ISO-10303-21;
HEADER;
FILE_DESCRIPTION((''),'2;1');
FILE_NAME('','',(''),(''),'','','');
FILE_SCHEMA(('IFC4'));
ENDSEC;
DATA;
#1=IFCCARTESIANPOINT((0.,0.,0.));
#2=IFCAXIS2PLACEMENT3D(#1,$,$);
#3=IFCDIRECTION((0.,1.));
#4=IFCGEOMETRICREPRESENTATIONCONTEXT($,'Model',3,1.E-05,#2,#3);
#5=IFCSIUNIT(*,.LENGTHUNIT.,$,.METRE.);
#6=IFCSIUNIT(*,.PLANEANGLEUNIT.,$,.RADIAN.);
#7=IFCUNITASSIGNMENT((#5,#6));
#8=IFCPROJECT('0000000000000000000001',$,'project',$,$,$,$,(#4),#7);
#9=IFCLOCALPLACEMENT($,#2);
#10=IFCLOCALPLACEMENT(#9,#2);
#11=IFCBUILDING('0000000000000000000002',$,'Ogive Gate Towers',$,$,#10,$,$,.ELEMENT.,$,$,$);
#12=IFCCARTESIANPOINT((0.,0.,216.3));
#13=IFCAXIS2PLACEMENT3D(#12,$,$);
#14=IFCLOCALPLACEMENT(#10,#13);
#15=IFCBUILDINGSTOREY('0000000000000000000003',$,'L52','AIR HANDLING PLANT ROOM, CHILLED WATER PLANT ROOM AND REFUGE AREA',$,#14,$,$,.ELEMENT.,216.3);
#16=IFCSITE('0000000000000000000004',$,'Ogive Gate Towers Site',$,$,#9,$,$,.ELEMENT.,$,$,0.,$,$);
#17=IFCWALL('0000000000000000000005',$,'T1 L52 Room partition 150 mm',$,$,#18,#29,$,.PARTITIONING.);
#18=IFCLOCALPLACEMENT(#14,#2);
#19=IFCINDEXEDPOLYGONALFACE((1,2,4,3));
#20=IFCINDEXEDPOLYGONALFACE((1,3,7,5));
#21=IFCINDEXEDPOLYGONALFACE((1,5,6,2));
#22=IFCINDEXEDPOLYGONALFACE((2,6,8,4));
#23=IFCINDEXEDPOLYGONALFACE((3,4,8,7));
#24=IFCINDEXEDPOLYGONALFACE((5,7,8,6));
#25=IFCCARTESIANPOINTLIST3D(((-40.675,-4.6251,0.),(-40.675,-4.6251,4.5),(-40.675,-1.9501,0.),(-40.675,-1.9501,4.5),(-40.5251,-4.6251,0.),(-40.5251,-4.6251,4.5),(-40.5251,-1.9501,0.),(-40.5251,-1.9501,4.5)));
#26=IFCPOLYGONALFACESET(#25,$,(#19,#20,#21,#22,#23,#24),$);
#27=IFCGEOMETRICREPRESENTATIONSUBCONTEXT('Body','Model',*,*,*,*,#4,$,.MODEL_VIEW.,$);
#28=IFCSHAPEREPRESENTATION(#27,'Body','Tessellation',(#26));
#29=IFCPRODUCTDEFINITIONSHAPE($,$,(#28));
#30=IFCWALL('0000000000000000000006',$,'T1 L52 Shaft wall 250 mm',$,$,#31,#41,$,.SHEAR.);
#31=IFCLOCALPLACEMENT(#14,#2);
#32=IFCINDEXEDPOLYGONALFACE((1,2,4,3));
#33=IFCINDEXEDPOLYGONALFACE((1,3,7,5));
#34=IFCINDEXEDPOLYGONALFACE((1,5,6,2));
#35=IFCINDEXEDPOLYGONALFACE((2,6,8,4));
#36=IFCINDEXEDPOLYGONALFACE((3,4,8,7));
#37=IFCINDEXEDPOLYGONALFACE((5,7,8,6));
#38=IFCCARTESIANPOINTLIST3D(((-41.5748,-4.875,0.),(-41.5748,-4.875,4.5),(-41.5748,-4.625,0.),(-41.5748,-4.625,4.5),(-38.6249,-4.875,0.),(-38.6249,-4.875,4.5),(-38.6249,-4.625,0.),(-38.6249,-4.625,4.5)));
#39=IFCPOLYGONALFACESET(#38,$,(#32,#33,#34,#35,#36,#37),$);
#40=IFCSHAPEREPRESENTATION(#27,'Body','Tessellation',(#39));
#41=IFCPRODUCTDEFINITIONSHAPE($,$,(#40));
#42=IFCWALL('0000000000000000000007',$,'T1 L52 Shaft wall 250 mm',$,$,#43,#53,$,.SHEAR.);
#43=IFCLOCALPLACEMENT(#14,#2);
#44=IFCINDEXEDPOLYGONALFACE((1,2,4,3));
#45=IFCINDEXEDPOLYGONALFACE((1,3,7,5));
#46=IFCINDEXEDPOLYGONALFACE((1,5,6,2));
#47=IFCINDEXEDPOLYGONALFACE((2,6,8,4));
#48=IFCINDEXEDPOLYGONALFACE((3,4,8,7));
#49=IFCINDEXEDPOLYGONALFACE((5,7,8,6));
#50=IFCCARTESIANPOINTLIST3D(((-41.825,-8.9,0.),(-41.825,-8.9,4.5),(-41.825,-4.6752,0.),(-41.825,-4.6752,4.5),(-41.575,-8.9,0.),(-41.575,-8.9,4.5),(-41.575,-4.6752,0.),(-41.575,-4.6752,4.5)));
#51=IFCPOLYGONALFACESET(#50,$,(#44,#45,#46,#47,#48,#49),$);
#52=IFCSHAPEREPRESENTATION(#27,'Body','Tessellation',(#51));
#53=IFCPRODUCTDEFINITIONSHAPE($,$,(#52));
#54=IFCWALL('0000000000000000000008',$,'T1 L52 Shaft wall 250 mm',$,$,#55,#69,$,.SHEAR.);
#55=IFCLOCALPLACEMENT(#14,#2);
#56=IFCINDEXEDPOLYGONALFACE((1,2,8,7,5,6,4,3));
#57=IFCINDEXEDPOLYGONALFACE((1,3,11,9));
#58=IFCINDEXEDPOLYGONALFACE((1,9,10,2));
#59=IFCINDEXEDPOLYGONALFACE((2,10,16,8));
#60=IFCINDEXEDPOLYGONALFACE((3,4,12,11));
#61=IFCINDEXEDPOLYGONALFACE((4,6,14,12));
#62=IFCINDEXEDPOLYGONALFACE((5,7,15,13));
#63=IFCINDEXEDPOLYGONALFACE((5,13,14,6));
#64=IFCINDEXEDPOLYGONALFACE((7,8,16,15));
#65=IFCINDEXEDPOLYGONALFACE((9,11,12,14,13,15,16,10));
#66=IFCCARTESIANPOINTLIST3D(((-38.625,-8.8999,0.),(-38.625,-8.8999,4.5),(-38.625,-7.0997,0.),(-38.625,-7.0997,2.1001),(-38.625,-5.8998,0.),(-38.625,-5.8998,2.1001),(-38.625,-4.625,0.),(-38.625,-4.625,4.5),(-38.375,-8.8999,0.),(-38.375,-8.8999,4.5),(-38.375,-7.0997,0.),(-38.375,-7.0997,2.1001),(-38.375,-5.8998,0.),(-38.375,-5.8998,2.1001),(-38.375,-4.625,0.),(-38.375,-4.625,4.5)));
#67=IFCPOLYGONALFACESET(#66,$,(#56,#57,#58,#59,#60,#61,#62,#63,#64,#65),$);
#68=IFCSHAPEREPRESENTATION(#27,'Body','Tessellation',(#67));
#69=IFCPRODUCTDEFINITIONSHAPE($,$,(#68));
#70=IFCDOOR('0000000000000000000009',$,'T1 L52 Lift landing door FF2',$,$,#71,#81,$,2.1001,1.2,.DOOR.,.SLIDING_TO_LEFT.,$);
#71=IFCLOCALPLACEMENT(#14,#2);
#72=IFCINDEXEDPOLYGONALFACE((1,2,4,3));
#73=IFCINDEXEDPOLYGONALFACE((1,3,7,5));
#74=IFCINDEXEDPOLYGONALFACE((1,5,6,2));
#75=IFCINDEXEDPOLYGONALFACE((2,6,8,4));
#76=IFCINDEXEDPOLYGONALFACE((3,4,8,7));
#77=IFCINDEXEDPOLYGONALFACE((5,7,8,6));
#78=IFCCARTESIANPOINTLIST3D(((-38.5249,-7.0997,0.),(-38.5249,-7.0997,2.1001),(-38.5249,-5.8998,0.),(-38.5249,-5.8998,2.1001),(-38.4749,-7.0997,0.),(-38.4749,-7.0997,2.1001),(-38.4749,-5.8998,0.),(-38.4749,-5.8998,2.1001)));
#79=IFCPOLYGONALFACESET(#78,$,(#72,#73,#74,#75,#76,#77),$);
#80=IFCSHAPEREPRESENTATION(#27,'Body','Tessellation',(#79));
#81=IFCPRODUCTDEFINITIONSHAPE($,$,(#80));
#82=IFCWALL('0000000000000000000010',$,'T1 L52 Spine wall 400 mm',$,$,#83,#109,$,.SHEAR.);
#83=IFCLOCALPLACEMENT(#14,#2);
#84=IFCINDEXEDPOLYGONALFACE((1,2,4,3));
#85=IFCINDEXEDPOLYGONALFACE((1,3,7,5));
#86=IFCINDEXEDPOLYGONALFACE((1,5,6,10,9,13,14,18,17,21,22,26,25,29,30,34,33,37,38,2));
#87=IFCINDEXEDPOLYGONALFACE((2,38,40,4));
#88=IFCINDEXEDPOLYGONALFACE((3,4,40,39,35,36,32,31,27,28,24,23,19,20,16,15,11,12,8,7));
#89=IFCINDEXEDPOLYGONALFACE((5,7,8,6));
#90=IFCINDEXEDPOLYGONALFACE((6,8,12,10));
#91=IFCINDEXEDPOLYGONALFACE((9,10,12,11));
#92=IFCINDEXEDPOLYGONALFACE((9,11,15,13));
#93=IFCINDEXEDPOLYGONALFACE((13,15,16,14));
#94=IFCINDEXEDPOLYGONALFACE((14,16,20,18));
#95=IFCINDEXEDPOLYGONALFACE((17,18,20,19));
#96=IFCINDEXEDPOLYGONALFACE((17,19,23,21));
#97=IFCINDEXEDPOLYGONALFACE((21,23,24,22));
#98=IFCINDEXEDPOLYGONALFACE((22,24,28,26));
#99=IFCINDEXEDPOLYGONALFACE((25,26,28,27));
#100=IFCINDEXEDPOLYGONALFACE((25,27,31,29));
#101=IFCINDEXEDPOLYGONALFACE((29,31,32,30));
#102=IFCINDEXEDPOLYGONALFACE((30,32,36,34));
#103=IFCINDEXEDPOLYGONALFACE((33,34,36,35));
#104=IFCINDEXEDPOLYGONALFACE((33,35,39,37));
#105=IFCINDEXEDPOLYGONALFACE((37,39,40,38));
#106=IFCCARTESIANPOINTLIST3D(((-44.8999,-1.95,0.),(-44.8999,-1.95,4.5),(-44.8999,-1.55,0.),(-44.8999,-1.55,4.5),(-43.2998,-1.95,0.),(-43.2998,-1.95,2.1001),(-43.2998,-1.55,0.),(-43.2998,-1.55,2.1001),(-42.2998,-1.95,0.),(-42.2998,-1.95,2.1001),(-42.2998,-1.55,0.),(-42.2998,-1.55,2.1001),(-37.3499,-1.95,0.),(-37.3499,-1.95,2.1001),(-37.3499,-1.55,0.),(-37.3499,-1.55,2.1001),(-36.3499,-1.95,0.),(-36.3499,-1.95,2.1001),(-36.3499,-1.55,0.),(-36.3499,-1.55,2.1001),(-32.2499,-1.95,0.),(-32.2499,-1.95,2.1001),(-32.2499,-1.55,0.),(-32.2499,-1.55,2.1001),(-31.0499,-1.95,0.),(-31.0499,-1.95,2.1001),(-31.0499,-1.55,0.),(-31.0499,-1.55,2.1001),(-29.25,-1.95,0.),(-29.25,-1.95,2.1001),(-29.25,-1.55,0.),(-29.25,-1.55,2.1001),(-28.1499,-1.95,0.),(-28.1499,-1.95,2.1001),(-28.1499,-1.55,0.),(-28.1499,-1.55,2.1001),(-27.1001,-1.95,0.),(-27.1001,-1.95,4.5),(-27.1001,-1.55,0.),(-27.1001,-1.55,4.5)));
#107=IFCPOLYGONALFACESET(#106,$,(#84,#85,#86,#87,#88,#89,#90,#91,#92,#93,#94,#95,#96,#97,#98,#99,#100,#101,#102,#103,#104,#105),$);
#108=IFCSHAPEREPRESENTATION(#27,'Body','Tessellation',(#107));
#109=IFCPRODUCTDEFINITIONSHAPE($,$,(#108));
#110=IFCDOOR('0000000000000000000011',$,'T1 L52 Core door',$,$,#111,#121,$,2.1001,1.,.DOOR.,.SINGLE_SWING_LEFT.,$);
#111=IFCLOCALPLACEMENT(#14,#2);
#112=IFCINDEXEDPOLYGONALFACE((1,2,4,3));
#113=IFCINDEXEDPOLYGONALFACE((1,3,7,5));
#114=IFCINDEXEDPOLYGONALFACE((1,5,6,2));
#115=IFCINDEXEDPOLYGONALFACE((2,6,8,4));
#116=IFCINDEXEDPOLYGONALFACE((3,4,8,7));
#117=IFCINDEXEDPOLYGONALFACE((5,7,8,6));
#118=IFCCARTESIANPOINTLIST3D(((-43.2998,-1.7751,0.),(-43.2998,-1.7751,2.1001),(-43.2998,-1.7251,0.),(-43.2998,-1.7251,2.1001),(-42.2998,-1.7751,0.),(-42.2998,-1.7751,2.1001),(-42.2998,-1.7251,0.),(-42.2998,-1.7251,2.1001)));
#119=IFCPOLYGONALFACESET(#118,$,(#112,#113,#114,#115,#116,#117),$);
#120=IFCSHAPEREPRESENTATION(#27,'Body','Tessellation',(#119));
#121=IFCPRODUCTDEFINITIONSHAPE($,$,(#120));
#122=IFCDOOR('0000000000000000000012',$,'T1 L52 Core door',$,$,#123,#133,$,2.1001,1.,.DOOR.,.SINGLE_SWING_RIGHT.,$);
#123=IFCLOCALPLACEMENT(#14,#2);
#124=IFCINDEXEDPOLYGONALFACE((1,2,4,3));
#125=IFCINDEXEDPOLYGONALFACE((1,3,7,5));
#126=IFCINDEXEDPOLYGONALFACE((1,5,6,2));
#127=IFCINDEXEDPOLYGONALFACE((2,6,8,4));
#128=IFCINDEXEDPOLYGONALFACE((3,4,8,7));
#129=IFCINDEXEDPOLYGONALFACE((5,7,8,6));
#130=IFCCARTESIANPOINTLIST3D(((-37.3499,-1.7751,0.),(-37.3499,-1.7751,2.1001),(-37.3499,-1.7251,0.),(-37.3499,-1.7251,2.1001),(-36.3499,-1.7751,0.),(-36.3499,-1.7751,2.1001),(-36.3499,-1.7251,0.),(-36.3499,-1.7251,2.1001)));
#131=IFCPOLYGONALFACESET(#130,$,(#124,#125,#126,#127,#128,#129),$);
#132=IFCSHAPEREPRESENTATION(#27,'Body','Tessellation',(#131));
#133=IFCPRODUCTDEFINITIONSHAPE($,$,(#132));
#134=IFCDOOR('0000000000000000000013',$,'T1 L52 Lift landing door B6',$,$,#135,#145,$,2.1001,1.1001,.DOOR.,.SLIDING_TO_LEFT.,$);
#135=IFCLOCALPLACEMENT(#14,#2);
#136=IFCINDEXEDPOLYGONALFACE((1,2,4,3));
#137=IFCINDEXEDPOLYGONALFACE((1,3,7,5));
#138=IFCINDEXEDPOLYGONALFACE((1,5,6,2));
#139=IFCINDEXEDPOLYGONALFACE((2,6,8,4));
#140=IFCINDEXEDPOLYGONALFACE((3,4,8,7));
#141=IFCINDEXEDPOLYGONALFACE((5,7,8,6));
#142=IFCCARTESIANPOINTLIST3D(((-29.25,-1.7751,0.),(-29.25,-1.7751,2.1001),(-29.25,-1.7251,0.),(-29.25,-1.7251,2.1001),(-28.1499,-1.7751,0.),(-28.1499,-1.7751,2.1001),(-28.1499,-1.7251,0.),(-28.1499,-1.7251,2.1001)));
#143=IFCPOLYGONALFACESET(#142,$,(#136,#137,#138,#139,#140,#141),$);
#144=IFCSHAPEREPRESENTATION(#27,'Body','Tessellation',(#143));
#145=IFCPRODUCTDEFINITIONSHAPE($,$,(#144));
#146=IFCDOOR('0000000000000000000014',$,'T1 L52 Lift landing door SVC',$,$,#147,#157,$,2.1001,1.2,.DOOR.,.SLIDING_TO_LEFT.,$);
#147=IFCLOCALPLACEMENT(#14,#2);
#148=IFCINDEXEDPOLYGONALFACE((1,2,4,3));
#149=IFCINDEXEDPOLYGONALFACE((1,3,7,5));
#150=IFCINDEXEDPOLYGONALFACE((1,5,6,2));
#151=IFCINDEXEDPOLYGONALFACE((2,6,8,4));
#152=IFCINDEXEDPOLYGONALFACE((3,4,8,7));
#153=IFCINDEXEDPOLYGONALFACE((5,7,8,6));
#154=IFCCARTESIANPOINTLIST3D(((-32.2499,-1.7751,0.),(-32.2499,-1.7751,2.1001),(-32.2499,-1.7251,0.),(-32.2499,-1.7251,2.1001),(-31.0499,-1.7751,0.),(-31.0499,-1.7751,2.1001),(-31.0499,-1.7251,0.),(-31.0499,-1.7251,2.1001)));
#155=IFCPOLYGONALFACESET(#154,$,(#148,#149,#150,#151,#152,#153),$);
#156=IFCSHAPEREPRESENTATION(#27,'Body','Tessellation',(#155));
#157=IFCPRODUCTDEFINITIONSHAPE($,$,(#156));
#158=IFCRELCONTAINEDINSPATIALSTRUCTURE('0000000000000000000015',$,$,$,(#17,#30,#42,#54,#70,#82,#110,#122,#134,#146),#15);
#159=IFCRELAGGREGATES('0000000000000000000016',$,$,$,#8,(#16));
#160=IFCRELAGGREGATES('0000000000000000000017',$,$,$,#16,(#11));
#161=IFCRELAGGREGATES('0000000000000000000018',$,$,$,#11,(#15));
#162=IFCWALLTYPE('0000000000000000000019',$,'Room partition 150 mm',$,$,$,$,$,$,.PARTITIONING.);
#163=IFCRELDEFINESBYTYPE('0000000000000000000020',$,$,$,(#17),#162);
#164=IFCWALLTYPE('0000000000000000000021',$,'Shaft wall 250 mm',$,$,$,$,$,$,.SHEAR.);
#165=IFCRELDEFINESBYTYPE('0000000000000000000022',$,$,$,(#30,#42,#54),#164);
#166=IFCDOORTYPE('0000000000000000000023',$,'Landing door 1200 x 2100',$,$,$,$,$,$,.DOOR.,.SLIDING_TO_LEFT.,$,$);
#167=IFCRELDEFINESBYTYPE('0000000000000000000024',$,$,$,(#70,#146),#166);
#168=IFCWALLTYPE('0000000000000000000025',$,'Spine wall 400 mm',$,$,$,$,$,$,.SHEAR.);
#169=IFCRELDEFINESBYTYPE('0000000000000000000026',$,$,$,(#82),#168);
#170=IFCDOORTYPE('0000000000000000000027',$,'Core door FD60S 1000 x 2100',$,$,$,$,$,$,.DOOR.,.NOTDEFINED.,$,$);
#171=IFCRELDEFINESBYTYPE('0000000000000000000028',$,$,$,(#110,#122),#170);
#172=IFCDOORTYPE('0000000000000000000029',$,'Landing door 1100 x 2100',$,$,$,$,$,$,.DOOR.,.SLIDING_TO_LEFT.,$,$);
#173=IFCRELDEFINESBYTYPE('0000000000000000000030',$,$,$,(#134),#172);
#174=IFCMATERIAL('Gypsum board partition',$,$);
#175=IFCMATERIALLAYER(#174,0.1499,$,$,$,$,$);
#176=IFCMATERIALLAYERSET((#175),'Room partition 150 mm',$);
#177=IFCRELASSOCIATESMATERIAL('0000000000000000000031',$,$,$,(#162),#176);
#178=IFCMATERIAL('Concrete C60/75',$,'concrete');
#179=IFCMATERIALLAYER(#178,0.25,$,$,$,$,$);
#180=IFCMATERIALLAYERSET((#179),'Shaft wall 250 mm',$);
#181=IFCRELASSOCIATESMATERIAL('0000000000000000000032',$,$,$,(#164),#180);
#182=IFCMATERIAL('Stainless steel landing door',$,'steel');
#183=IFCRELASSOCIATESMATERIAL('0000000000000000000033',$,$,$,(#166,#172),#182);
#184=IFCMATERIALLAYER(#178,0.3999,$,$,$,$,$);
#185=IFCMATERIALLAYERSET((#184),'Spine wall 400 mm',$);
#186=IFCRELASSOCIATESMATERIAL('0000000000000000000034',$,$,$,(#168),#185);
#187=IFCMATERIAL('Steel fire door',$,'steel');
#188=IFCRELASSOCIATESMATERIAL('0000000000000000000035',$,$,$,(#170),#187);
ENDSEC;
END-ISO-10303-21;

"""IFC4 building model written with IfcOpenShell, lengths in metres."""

from ifc_helpers import new_model, si_unit, direction, frame, frame_2d, origin, place, context, subcontext, project, spatial, rectangle, extrude, material, layer, layer_set, type_object, element, fill, save


model = new_model("IFC4")

# Units and contexts
model_context = context("Model", 3, precision=1e-05, world=origin(), true_north=direction((0.0, 1.0)))
body_context = subcontext(model_context, "Body", "Model", "MODEL_VIEW")
ifc_project = project(units=[si_unit("LENGTHUNIT", "METRE"), si_unit("PLANEANGLEUNIT", "RADIAN")], contexts=[model_context])

# Site, building, storey
site_placement = place(None, origin())
site = spatial("IfcSite", under=ifc_project, at=site_placement, Name="Ogive Gate Towers Site", CompositionType="ELEMENT", RefElevation=0.0)
building_placement = place(site_placement, origin())
building = spatial("IfcBuilding", under=site, at=building_placement, Name="Ogive Gate Towers", CompositionType="ELEMENT")
storey_placement = place(building_placement, frame((0.0, 0.0, 216.3)))
storey = spatial("IfcBuildingStorey", under=building, at=storey_placement, Name="L52", Description="AIR HANDLING PLANT ROOM, CHILLED WATER PLANT ROOM AND REFUGE AREA", CompositionType="ELEMENT", Elevation=216.3)

# Walls
ifc_material_1 = material(Name="Gypsum board partition")
ifc_layer_1 = layer(ifc_material_1, 0.1499)
ifc_layer_set_1 = layer_set([ifc_layer_1], Name="Room partition 150 mm")
wall_type_1 = type_object("IfcWallType", Name="Room partition 150 mm", PredefinedType="PARTITIONING", material=ifc_layer_set_1)
wall_1_placement = place(storey_placement, frame((-40.6001, -4.625, 0.0), z_axis=(0.0, 0.0, 1.0), x_axis=(0.0, 1.0, 0.0)))
element("IfcWall", 1, at=wall_1_placement, inside=storey, type_object=wall_type_1, Name="T1 L52 Room partition 150 mm", PredefinedType="PARTITIONING", context=body_context, shape_type="SweptSolid", body=[
    extrude(rectangle(XDim=2.675, YDim=0.1499, at=frame_2d((1.3374, 0.0))), origin(), (0.0, 0.0, 1.0), 4.5),
])
ifc_material_2 = material(Name="Concrete C60/75", Category="concrete")
ifc_layer_2 = layer(ifc_material_2, 0.25)
ifc_layer_set_2 = layer_set([ifc_layer_2], Name="Shaft wall 250 mm")
wall_type_2 = type_object("IfcWallType", Name="Shaft wall 250 mm", PredefinedType="SHEAR", material=ifc_layer_set_2)
wall_2_placement = place(storey_placement, frame((-41.575, -4.75, 0.0), z_axis=(0.0, 0.0, 1.0), x_axis=(1.0, 0.0, 0.0)))
element("IfcWall", 2, at=wall_2_placement, inside=storey, type_object=wall_type_2, Name="T1 L52 Shaft wall 250 mm", PredefinedType="SHEAR", context=body_context, shape_type="SweptSolid", body=[
    extrude(rectangle(XDim=2.95, YDim=0.25, at=frame_2d((1.4751, 0.0))), origin(), (0.0, 0.0, 1.0), 4.5),
])
wall_3_placement = place(storey_placement, frame((-41.7, -8.8999, 0.0), z_axis=(0.0, 0.0, 1.0), x_axis=(0.0, 1.0, 0.0)))
element("IfcWall", 3, at=wall_3_placement, inside=storey, type_object=wall_type_2, Name="T1 L52 Shaft wall 250 mm", PredefinedType="SHEAR", context=body_context, shape_type="SweptSolid", body=[
    extrude(rectangle(XDim=4.2249, YDim=0.25, at=frame_2d((2.1123, 0.0))), origin(), (0.0, 0.0, 1.0), 4.5),
])

# Wall, opening, door
wall_4_placement = place(storey_placement, frame((-38.5, -8.8999, 0.0), z_axis=(0.0, 0.0, 1.0), x_axis=(0.0, 1.0, 0.0)))
wall_4 = element("IfcWall", 4, at=wall_4_placement, inside=storey, type_object=wall_type_2, Name="T1 L52 Shaft wall 250 mm", PredefinedType="SHEAR", context=body_context, shape_type="SweptSolid", body=[
    extrude(rectangle(XDim=4.2749, YDim=0.25, at=frame_2d((2.1375, 0.0))), origin(), (0.0, 0.0, 1.0), 4.5),
])
opening_1_placement = place(wall_4_placement, frame((1.8, 0.0, 0.0)))
opening_1 = element("IfcOpeningElement", 5, at=opening_1_placement, cuts=wall_4, PredefinedType="OPENING", context=body_context, shape_type="SweptSolid", body=[
    extrude(rectangle(XDim=1.2, YDim=2.1001, at=frame_2d((0.6001, 1.05))), frame((0.0, 0.135, 0.0), z_axis=(0.0, -1.0, 0.0), x_axis=(1.0, 0.0, 0.0)), (0.0, 0.0, 1.0), 0.27),
])
ifc_material_3 = material(Name="Stainless steel landing door", Category="steel")
door_type_1 = type_object("IfcDoorType", Name="Landing door 1200 x 2100", OperationType="SLIDING_TO_LEFT", PredefinedType="DOOR", material=ifc_material_3)
door_1_placement = place(opening_1_placement, origin())
door_1 = element("IfcDoor", 6, at=door_1_placement, inside=storey, type_object=door_type_1, Name="T1 L52 Lift landing door FF2", OperationType="SLIDING_TO_LEFT", OverallHeight=2.1001, OverallWidth=1.2, PredefinedType="DOOR", context=body_context, shape_type="SweptSolid", body=[
    extrude(rectangle(XDim=1.2, YDim=2.1001, at=frame_2d((0.6001, 1.05))), frame((0.0, 0.0249, 0.0), z_axis=(0.0, -1.0, 0.0), x_axis=(1.0, 0.0, 0.0)), (0.0, 0.0, 1.0), 0.05),
])
fill(opening_1, door_1)

# Wall, openings, doors
ifc_layer_3 = layer(ifc_material_2, 0.3999)
ifc_layer_set_3 = layer_set([ifc_layer_3], Name="Spine wall 400 mm")
wall_type_3 = type_object("IfcWallType", Name="Spine wall 400 mm", PredefinedType="SHEAR", material=ifc_layer_set_3)
wall_5_placement = place(storey_placement, frame((-44.8999, -1.75, 0.0), z_axis=(0.0, 0.0, 1.0), x_axis=(1.0, 0.0, 0.0)))
wall_5 = element("IfcWall", 7, at=wall_5_placement, inside=storey, type_object=wall_type_3, Name="T1 L52 Spine wall 400 mm", PredefinedType="SHEAR", context=body_context, shape_type="SweptSolid", body=[
    extrude(rectangle(XDim=17.7998, YDim=0.3999, at=frame_2d((8.8999, 0.0))), origin(), (0.0, 0.0, 1.0), 4.5),
])
opening_2_placement = place(wall_5_placement, frame((12.6499, 0.0, 0.0)))
opening_2 = element("IfcOpeningElement", 8, at=opening_2_placement, cuts=wall_5, PredefinedType="OPENING", context=body_context, shape_type="SweptSolid", body=[
    extrude(rectangle(XDim=1.2, YDim=2.1001, at=frame_2d((0.6001, 1.05))), frame((0.0, 0.21, 0.0), z_axis=(0.0, -1.0, 0.0), x_axis=(1.0, 0.0, 0.0)), (0.0, 0.0, 1.0), 0.4199),
])
opening_3_placement = place(wall_5_placement, frame((15.6499, 0.0, 0.0)))
opening_3 = element("IfcOpeningElement", 9, at=opening_3_placement, cuts=wall_5, PredefinedType="OPENING", context=body_context, shape_type="SweptSolid", body=[
    extrude(rectangle(XDim=1.1001, YDim=2.1001, at=frame_2d((0.55, 1.05))), frame((0.0, 0.21, 0.0), z_axis=(0.0, -1.0, 0.0), x_axis=(1.0, 0.0, 0.0)), (0.0, 0.0, 1.0), 0.4199),
])
opening_4_placement = place(wall_5_placement, frame((1.6001, 0.0, 0.0)))
opening_4 = element("IfcOpeningElement", 10, at=opening_4_placement, cuts=wall_5, PredefinedType="OPENING", context=body_context, shape_type="SweptSolid", body=[
    extrude(rectangle(XDim=1.0, YDim=2.1001, at=frame_2d((0.5, 1.05))), frame((0.0, 0.21, 0.0), z_axis=(0.0, -1.0, 0.0), x_axis=(1.0, 0.0, 0.0)), (0.0, 0.0, 1.0), 0.4199),
])
opening_5_placement = place(wall_5_placement, frame((7.55, 0.0, 0.0)))
opening_5 = element("IfcOpeningElement", 11, at=opening_5_placement, cuts=wall_5, PredefinedType="OPENING", context=body_context, shape_type="SweptSolid", body=[
    extrude(rectangle(XDim=1.0, YDim=2.1001, at=frame_2d((0.5, 1.05))), frame((0.0, 0.21, 0.0), z_axis=(0.0, -1.0, 0.0), x_axis=(1.0, 0.0, 0.0)), (0.0, 0.0, 1.0), 0.4199),
])
ifc_material_4 = material(Name="Steel fire door", Category="steel")
door_type_2 = type_object("IfcDoorType", Name="Core door FD60S 1000 x 2100", OperationType="NOTDEFINED", PredefinedType="DOOR", material=ifc_material_4)
door_2_placement = place(opening_4_placement, origin())
door_2 = element("IfcDoor", 12, at=door_2_placement, inside=storey, type_object=door_type_2, Name="T1 L52 Core door", OperationType="SINGLE_SWING_LEFT", OverallHeight=2.1001, OverallWidth=1.0, PredefinedType="DOOR", context=body_context, shape_type="SweptSolid", body=[
    extrude(rectangle(XDim=1.0, YDim=2.1001, at=frame_2d((0.5, 1.05))), frame((0.0, 0.0249, 0.0), z_axis=(0.0, -1.0, 0.0), x_axis=(1.0, 0.0, 0.0)), (0.0, 0.0, 1.0), 0.05),
])
fill(opening_4, door_2)
door_3_placement = place(opening_5_placement, origin())
door_3 = element("IfcDoor", 13, at=door_3_placement, inside=storey, type_object=door_type_2, Name="T1 L52 Core door", OperationType="SINGLE_SWING_RIGHT", OverallHeight=2.1001, OverallWidth=1.0, PredefinedType="DOOR", context=body_context, shape_type="SweptSolid", body=[
    extrude(rectangle(XDim=1.0, YDim=2.1001, at=frame_2d((0.5, 1.05))), frame((0.0, 0.0249, 0.0), z_axis=(0.0, -1.0, 0.0), x_axis=(1.0, 0.0, 0.0)), (0.0, 0.0, 1.0), 0.05),
])
fill(opening_5, door_3)
door_type_3 = type_object("IfcDoorType", Name="Landing door 1100 x 2100", OperationType="SLIDING_TO_LEFT", PredefinedType="DOOR", material=ifc_material_3)
door_4_placement = place(opening_3_placement, origin())
door_4 = element("IfcDoor", 14, at=door_4_placement, inside=storey, type_object=door_type_3, Name="T1 L52 Lift landing door B6", OperationType="SLIDING_TO_LEFT", OverallHeight=2.1001, OverallWidth=1.1001, PredefinedType="DOOR", context=body_context, shape_type="SweptSolid", body=[
    extrude(rectangle(XDim=1.1001, YDim=2.1001, at=frame_2d((0.55, 1.05))), frame((0.0, 0.0249, 0.0), z_axis=(0.0, -1.0, 0.0), x_axis=(1.0, 0.0, 0.0)), (0.0, 0.0, 1.0), 0.05),
])
fill(opening_3, door_4)
door_5_placement = place(opening_2_placement, origin())
door_5 = element("IfcDoor", 15, at=door_5_placement, inside=storey, type_object=door_type_1, Name="T1 L52 Lift landing door SVC", OperationType="SLIDING_TO_LEFT", OverallHeight=2.1001, OverallWidth=1.2, PredefinedType="DOOR", context=body_context, shape_type="SweptSolid", body=[
    extrude(rectangle(XDim=1.2, YDim=2.1001, at=frame_2d((0.6001, 1.05))), frame((0.0, 0.0249, 0.0), z_axis=(0.0, -1.0, 0.0), x_axis=(1.0, 0.0, 0.0)), (0.0, 0.0, 1.0), 0.05),
])
fill(opening_2, door_5)

save(model, "model.ifc")
